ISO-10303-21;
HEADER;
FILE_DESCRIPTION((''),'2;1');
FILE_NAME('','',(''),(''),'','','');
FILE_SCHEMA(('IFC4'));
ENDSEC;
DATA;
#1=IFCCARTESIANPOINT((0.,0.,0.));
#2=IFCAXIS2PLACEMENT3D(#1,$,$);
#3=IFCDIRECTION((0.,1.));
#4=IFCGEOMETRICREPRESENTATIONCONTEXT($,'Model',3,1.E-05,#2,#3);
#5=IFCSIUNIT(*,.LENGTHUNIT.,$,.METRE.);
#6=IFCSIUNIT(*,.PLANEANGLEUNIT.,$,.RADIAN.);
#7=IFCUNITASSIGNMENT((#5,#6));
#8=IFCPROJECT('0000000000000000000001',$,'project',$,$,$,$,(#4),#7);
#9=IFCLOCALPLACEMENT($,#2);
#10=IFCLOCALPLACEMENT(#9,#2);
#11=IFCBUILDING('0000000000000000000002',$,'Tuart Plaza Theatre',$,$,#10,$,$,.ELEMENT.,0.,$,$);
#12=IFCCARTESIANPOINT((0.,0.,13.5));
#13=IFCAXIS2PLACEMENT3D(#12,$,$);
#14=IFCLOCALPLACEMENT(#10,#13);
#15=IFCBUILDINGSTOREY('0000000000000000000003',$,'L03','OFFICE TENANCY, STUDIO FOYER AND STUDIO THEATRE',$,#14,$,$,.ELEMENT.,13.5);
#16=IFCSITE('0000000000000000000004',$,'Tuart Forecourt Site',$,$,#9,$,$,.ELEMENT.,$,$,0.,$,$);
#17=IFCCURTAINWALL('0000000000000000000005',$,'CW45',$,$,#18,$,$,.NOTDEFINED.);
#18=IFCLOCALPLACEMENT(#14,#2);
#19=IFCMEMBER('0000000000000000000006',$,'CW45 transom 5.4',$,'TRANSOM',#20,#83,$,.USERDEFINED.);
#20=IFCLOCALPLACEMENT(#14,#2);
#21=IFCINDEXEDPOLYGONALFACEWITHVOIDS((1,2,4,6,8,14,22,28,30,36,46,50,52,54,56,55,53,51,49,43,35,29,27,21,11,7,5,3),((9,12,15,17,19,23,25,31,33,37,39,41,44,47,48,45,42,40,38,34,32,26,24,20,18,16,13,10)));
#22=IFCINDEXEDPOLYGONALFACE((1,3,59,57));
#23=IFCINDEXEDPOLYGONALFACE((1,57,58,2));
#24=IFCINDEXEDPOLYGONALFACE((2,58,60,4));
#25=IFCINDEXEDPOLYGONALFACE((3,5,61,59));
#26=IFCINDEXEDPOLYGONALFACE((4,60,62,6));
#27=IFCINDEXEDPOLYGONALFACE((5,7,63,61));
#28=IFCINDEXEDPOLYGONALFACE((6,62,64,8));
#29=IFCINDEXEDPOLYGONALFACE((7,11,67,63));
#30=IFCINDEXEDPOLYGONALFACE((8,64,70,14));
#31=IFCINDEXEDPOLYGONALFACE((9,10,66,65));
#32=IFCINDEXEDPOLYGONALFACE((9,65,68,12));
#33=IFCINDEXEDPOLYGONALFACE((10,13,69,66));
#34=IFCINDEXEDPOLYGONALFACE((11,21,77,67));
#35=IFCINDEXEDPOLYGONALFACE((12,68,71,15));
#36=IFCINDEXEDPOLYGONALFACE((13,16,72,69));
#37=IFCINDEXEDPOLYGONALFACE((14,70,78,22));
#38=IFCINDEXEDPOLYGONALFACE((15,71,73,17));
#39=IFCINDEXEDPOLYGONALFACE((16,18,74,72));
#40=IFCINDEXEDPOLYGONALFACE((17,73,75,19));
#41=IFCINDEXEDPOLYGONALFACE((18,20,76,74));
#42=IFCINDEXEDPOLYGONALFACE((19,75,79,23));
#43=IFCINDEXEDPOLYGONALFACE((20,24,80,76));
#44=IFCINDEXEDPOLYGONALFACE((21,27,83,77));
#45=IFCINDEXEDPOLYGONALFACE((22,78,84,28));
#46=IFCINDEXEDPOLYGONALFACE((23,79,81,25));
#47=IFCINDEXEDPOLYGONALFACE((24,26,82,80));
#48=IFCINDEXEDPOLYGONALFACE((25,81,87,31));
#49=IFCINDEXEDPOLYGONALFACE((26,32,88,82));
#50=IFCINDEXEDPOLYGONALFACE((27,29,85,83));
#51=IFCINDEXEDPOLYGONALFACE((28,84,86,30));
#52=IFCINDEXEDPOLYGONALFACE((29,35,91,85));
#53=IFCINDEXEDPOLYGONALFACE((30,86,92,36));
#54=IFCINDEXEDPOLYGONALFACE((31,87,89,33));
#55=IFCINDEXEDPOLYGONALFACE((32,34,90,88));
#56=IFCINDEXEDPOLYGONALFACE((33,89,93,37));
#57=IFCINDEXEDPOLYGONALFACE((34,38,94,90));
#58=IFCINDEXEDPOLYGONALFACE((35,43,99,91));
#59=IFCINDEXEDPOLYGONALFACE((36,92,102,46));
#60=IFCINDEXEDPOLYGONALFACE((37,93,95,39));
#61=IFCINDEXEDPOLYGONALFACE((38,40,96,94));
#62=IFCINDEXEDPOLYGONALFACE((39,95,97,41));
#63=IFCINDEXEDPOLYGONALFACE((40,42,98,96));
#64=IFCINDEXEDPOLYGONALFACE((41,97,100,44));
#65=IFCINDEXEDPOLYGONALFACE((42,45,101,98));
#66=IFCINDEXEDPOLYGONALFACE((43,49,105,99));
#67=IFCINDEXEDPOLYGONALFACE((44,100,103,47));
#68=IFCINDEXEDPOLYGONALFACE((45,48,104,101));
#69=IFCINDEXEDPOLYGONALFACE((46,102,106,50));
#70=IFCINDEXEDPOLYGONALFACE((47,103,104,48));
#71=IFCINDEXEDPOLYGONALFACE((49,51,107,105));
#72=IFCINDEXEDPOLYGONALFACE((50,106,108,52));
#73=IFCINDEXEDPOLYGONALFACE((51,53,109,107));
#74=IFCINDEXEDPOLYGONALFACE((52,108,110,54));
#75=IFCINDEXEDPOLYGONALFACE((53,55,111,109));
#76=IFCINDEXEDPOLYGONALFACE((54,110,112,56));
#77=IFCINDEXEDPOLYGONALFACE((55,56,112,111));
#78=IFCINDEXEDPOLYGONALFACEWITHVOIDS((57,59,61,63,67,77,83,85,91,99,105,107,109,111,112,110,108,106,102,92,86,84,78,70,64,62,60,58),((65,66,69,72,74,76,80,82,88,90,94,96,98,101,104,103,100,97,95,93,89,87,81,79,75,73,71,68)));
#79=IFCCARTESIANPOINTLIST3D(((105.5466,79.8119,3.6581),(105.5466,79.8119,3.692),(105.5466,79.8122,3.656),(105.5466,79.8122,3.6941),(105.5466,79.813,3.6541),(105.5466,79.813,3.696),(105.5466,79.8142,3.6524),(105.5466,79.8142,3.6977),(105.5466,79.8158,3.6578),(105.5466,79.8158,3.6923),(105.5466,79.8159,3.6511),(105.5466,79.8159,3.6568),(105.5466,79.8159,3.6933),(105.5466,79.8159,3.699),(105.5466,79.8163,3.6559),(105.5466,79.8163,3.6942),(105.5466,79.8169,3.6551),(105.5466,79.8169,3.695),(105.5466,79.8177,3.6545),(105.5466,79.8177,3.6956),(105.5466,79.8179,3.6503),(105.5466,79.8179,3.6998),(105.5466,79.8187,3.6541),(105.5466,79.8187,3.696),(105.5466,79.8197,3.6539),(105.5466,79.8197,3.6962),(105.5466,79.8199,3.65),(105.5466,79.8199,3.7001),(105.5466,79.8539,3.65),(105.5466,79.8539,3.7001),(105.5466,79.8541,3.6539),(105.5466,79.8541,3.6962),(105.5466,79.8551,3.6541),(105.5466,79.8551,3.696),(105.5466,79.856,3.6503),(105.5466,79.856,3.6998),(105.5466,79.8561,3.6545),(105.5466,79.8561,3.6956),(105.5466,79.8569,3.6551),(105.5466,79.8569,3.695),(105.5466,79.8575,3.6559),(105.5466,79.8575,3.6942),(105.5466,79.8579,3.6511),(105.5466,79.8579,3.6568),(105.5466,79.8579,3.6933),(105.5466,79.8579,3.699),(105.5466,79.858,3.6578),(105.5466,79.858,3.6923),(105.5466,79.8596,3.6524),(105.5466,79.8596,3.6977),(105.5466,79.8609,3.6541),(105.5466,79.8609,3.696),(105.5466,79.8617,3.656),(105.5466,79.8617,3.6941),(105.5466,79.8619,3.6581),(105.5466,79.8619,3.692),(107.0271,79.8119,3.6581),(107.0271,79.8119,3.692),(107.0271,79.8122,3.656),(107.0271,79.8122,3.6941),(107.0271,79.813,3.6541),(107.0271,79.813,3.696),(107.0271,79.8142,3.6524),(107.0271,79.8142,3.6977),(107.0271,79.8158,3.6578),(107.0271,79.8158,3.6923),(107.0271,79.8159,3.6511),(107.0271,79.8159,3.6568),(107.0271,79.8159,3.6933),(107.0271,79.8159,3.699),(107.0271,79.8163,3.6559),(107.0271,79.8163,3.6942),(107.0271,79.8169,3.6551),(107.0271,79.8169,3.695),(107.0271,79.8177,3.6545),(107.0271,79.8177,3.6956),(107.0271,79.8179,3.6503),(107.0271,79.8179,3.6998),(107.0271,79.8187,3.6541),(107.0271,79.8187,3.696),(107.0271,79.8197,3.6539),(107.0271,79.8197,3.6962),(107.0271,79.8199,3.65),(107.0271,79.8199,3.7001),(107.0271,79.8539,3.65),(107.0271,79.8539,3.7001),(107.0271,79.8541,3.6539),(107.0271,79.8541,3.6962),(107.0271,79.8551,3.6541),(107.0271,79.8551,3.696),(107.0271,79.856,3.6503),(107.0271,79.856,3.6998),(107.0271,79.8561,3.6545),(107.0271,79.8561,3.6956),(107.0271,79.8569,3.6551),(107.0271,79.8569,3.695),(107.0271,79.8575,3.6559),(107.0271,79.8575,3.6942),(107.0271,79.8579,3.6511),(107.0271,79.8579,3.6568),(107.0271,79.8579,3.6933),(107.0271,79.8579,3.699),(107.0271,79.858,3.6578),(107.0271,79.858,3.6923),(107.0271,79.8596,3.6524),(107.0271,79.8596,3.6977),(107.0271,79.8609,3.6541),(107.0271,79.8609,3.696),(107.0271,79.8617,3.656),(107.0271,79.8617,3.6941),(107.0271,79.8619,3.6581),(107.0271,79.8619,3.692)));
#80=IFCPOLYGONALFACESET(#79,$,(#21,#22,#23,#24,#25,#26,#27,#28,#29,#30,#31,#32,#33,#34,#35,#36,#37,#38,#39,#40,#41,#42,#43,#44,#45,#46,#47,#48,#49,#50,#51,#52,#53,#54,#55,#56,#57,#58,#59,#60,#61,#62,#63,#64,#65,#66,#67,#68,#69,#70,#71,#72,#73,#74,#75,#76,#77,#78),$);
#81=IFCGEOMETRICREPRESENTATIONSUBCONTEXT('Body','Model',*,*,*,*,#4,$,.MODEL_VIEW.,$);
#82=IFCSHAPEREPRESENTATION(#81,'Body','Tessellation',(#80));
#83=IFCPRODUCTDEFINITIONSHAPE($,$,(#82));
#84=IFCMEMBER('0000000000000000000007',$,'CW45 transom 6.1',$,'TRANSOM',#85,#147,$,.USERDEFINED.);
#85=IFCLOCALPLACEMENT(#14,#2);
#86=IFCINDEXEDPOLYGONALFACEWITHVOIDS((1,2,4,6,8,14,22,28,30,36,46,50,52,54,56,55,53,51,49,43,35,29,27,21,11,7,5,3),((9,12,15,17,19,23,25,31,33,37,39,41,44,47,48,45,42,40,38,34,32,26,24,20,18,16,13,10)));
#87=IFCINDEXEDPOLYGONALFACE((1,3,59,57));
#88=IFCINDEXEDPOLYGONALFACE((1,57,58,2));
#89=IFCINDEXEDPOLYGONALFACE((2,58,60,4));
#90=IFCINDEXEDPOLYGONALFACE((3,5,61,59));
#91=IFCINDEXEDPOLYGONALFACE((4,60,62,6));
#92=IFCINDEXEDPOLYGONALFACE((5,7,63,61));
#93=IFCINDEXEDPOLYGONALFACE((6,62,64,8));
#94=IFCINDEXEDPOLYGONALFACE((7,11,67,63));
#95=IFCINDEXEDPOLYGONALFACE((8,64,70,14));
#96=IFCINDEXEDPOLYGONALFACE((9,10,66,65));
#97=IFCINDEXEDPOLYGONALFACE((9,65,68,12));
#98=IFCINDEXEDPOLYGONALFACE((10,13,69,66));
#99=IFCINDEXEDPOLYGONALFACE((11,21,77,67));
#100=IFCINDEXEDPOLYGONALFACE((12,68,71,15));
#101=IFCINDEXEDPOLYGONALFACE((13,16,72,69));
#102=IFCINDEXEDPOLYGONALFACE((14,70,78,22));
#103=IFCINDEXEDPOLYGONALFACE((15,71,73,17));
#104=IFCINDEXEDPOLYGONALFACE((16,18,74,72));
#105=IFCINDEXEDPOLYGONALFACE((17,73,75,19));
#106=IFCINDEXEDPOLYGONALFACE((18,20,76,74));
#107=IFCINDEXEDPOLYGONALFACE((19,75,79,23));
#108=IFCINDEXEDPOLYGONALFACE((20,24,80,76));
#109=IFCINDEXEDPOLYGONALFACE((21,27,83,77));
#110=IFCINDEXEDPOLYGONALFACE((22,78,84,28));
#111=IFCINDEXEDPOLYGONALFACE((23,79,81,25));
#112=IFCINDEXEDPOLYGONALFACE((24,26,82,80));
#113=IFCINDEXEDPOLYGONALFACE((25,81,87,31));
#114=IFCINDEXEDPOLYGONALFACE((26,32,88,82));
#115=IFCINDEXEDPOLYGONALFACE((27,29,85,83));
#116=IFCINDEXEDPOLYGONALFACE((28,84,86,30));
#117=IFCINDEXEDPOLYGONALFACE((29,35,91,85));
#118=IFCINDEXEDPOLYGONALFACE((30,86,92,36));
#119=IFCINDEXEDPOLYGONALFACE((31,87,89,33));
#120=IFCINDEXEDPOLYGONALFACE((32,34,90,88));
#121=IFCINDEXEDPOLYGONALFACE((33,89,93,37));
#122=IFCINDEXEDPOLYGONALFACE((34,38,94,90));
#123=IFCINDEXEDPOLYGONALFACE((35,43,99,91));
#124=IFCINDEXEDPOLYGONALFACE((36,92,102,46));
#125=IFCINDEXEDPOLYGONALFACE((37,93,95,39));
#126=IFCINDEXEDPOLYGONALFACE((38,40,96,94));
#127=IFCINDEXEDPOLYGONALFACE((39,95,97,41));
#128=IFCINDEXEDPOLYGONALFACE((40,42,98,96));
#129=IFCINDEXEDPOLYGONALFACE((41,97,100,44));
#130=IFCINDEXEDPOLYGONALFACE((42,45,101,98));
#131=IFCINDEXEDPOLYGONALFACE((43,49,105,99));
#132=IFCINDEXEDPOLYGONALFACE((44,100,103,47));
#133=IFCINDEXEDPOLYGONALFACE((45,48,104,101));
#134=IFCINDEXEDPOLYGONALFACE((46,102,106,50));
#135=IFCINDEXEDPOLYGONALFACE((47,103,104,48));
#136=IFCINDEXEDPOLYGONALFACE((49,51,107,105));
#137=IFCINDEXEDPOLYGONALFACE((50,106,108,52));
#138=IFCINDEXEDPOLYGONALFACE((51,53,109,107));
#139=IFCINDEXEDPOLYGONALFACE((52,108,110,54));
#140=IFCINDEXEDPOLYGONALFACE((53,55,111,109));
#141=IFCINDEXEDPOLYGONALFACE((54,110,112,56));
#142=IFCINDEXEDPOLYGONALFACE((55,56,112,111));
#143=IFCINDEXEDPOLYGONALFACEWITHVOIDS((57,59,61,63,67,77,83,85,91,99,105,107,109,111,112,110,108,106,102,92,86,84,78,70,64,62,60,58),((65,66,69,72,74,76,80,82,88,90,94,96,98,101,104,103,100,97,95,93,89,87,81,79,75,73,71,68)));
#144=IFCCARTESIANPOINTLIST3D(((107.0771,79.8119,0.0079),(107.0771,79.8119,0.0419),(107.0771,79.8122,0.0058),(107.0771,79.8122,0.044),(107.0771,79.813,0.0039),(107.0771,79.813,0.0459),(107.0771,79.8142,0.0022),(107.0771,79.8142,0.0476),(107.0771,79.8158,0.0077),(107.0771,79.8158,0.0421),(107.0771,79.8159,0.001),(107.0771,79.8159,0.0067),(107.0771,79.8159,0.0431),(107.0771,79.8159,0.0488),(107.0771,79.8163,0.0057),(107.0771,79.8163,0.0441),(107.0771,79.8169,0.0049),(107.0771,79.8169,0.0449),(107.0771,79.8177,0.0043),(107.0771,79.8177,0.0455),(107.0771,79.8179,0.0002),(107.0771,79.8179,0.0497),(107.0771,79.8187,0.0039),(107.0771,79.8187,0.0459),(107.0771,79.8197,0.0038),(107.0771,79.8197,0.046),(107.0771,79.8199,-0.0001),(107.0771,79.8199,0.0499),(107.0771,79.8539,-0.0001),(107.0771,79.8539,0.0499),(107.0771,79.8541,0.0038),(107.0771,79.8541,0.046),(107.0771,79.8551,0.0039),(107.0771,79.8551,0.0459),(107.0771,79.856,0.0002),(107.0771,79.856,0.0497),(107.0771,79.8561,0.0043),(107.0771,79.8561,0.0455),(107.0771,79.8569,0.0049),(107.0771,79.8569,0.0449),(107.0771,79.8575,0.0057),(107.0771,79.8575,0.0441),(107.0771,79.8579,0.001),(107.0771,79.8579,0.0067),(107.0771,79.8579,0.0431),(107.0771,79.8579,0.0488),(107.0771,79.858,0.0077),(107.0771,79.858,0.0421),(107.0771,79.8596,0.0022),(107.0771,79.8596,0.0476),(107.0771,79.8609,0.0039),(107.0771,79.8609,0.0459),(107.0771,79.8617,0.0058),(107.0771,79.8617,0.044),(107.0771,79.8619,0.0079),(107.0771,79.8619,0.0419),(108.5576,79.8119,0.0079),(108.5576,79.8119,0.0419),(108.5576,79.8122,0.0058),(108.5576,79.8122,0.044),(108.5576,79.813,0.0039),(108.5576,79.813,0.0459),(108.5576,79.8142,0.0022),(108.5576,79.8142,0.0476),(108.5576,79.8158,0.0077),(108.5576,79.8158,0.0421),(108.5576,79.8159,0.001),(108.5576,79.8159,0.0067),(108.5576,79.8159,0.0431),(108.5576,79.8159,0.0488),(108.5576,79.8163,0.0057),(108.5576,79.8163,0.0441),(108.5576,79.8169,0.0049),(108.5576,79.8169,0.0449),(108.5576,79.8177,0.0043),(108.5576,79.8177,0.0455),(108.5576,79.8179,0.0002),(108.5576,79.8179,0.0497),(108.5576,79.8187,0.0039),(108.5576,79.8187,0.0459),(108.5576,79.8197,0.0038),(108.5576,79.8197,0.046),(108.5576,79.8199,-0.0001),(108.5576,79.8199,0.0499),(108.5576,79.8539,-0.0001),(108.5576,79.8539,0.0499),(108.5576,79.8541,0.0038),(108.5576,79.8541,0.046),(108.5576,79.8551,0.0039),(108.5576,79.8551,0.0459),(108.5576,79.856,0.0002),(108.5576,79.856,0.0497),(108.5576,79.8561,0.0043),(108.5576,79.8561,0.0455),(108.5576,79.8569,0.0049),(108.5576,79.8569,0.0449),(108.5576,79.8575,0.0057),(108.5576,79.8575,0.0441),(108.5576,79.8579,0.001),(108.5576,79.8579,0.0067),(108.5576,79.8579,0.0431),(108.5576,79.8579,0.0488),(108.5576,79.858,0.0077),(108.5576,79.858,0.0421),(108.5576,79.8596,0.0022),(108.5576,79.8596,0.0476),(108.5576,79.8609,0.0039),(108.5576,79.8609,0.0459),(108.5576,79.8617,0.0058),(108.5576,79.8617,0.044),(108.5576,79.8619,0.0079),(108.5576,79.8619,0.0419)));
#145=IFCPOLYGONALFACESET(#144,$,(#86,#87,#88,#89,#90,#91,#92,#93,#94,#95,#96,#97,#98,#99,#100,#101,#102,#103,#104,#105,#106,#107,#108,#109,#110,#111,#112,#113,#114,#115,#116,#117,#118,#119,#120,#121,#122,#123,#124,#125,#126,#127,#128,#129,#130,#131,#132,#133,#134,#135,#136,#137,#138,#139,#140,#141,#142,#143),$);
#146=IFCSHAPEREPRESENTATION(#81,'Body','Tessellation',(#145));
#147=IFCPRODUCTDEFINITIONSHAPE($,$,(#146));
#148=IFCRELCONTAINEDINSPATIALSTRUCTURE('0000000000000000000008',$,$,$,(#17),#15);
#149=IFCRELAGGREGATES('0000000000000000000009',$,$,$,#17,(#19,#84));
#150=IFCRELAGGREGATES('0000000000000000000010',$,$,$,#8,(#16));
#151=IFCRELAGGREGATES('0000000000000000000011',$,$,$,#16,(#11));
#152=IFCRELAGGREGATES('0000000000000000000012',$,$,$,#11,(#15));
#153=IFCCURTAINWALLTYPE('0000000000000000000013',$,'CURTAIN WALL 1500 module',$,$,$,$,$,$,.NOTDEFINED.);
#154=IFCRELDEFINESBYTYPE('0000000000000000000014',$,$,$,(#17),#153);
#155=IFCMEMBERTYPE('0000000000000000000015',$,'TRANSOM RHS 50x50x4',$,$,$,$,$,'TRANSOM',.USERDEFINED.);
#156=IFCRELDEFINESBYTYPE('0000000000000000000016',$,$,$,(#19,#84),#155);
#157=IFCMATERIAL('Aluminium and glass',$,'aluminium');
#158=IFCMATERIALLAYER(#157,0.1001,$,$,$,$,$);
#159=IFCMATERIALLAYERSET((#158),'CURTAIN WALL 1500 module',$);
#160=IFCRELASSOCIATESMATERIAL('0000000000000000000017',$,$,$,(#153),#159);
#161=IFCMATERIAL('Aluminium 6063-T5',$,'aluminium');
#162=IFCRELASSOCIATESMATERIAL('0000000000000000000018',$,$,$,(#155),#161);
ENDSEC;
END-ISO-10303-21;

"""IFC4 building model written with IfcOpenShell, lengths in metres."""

from ifc_helpers import new_model, si_unit, direction, frame, origin, origin_2d, place, context, subcontext, project, spatial, hollow_rectangle, extrude, material, layer, layer_set, material_profile, profile_set, type_object, element, aggregate, save


model = new_model("IFC4")

# Units and contexts
model_context = context("Model", 3, precision=1e-05, world=origin(), true_north=direction((0.0, 1.0)))
body_context = subcontext(model_context, "Body", "Model", "MODEL_VIEW")
ifc_project = project(units=[si_unit("LENGTHUNIT", "METRE"), si_unit("PLANEANGLEUNIT", "RADIAN")], contexts=[model_context])

# Site, building, storey
site_placement = place(None, origin())
site = spatial("IfcSite", under=ifc_project, at=site_placement, Name="Tuart Forecourt Site", CompositionType="ELEMENT", RefElevation=0.0)
building_placement = place(site_placement, origin())
building = spatial("IfcBuilding", under=site, at=building_placement, Name="Tuart Plaza Theatre", CompositionType="ELEMENT", ElevationOfRefHeight=0.0)
storey_placement = place(building_placement, frame((0.0, 0.0, 13.5)))
storey = spatial("IfcBuildingStorey", under=building, at=storey_placement, Name="L03", Description="OFFICE TENANCY, STUDIO FOYER AND STUDIO THEATRE", CompositionType="ELEMENT", Elevation=13.5)

# Curtain wall, members
ifc_material_1 = material(Name="Aluminium and glass", Category="aluminium")
ifc_layer_1 = layer(ifc_material_1, 0.1001)
ifc_layer_set_1 = layer_set([ifc_layer_1], Name="CURTAIN WALL 1500 module")
curtain_wall_type = type_object("IfcCurtainWallType", Name="CURTAIN WALL 1500 module", PredefinedType="NOTDEFINED", material=ifc_layer_set_1)
curtain_wall_placement = place(storey_placement, origin())
curtain_wall = element("IfcCurtainWall", 1, at=curtain_wall_placement, inside=storey, type_object=curtain_wall_type, Name="CW45", PredefinedType="NOTDEFINED")
ifc_material_2 = material(Name="Aluminium 6063-T5", Category="aluminium")
ifc_material_profile_1 = material_profile(ifc_material_2, hollow_rectangle(XDim=0.05, YDim=0.05, WallThickness=0.0039, InnerFilletRadius=0.0039, OuterFilletRadius=0.0081, at=origin_2d()), Name="RHS 50x50x4")
ifc_profile_set_1 = profile_set([ifc_material_profile_1], Name="Aluminium 6063-T5")
member_type_1 = type_object("IfcMemberType", Name="TRANSOM RHS 50x50x4", ElementType="TRANSOM", PredefinedType="USERDEFINED", material=ifc_profile_set_1)
member_1_placement = place(storey_placement, frame((105.5466, 79.8369, 3.675), z_axis=(1.0, 0.0, 0.0), x_axis=(0.0, 1.0, 0.0)))
member_1 = element("IfcMember", 2, at=member_1_placement, type_object=member_type_1, Name="CW45 transom 5.4", ObjectType="TRANSOM", PredefinedType="USERDEFINED", context=body_context, shape_type="SweptSolid", body=[
    extrude(hollow_rectangle(XDim=0.05, YDim=0.05, WallThickness=0.0039, InnerFilletRadius=0.0039, OuterFilletRadius=0.0081, at=origin_2d()), origin(), (0.0, 0.0, 1.0), 1.4805),
])
member_2_placement = place(storey_placement, frame((107.0771, 79.8369, 0.0249), z_axis=(1.0, 0.0, 0.0), x_axis=(0.0, 1.0, 0.0)))
member_2 = element("IfcMember", 3, at=member_2_placement, type_object=member_type_1, Name="CW45 transom 6.1", ObjectType="TRANSOM", PredefinedType="USERDEFINED", context=body_context, shape_type="SweptSolid", body=[
    extrude(hollow_rectangle(XDim=0.05, YDim=0.05, WallThickness=0.0039, InnerFilletRadius=0.0039, OuterFilletRadius=0.0081, at=origin_2d()), origin(), (0.0, 0.0, 1.0), 1.4805),
])
aggregate(curtain_wall, [member_1, member_2])

save(model, "model.ifc")
